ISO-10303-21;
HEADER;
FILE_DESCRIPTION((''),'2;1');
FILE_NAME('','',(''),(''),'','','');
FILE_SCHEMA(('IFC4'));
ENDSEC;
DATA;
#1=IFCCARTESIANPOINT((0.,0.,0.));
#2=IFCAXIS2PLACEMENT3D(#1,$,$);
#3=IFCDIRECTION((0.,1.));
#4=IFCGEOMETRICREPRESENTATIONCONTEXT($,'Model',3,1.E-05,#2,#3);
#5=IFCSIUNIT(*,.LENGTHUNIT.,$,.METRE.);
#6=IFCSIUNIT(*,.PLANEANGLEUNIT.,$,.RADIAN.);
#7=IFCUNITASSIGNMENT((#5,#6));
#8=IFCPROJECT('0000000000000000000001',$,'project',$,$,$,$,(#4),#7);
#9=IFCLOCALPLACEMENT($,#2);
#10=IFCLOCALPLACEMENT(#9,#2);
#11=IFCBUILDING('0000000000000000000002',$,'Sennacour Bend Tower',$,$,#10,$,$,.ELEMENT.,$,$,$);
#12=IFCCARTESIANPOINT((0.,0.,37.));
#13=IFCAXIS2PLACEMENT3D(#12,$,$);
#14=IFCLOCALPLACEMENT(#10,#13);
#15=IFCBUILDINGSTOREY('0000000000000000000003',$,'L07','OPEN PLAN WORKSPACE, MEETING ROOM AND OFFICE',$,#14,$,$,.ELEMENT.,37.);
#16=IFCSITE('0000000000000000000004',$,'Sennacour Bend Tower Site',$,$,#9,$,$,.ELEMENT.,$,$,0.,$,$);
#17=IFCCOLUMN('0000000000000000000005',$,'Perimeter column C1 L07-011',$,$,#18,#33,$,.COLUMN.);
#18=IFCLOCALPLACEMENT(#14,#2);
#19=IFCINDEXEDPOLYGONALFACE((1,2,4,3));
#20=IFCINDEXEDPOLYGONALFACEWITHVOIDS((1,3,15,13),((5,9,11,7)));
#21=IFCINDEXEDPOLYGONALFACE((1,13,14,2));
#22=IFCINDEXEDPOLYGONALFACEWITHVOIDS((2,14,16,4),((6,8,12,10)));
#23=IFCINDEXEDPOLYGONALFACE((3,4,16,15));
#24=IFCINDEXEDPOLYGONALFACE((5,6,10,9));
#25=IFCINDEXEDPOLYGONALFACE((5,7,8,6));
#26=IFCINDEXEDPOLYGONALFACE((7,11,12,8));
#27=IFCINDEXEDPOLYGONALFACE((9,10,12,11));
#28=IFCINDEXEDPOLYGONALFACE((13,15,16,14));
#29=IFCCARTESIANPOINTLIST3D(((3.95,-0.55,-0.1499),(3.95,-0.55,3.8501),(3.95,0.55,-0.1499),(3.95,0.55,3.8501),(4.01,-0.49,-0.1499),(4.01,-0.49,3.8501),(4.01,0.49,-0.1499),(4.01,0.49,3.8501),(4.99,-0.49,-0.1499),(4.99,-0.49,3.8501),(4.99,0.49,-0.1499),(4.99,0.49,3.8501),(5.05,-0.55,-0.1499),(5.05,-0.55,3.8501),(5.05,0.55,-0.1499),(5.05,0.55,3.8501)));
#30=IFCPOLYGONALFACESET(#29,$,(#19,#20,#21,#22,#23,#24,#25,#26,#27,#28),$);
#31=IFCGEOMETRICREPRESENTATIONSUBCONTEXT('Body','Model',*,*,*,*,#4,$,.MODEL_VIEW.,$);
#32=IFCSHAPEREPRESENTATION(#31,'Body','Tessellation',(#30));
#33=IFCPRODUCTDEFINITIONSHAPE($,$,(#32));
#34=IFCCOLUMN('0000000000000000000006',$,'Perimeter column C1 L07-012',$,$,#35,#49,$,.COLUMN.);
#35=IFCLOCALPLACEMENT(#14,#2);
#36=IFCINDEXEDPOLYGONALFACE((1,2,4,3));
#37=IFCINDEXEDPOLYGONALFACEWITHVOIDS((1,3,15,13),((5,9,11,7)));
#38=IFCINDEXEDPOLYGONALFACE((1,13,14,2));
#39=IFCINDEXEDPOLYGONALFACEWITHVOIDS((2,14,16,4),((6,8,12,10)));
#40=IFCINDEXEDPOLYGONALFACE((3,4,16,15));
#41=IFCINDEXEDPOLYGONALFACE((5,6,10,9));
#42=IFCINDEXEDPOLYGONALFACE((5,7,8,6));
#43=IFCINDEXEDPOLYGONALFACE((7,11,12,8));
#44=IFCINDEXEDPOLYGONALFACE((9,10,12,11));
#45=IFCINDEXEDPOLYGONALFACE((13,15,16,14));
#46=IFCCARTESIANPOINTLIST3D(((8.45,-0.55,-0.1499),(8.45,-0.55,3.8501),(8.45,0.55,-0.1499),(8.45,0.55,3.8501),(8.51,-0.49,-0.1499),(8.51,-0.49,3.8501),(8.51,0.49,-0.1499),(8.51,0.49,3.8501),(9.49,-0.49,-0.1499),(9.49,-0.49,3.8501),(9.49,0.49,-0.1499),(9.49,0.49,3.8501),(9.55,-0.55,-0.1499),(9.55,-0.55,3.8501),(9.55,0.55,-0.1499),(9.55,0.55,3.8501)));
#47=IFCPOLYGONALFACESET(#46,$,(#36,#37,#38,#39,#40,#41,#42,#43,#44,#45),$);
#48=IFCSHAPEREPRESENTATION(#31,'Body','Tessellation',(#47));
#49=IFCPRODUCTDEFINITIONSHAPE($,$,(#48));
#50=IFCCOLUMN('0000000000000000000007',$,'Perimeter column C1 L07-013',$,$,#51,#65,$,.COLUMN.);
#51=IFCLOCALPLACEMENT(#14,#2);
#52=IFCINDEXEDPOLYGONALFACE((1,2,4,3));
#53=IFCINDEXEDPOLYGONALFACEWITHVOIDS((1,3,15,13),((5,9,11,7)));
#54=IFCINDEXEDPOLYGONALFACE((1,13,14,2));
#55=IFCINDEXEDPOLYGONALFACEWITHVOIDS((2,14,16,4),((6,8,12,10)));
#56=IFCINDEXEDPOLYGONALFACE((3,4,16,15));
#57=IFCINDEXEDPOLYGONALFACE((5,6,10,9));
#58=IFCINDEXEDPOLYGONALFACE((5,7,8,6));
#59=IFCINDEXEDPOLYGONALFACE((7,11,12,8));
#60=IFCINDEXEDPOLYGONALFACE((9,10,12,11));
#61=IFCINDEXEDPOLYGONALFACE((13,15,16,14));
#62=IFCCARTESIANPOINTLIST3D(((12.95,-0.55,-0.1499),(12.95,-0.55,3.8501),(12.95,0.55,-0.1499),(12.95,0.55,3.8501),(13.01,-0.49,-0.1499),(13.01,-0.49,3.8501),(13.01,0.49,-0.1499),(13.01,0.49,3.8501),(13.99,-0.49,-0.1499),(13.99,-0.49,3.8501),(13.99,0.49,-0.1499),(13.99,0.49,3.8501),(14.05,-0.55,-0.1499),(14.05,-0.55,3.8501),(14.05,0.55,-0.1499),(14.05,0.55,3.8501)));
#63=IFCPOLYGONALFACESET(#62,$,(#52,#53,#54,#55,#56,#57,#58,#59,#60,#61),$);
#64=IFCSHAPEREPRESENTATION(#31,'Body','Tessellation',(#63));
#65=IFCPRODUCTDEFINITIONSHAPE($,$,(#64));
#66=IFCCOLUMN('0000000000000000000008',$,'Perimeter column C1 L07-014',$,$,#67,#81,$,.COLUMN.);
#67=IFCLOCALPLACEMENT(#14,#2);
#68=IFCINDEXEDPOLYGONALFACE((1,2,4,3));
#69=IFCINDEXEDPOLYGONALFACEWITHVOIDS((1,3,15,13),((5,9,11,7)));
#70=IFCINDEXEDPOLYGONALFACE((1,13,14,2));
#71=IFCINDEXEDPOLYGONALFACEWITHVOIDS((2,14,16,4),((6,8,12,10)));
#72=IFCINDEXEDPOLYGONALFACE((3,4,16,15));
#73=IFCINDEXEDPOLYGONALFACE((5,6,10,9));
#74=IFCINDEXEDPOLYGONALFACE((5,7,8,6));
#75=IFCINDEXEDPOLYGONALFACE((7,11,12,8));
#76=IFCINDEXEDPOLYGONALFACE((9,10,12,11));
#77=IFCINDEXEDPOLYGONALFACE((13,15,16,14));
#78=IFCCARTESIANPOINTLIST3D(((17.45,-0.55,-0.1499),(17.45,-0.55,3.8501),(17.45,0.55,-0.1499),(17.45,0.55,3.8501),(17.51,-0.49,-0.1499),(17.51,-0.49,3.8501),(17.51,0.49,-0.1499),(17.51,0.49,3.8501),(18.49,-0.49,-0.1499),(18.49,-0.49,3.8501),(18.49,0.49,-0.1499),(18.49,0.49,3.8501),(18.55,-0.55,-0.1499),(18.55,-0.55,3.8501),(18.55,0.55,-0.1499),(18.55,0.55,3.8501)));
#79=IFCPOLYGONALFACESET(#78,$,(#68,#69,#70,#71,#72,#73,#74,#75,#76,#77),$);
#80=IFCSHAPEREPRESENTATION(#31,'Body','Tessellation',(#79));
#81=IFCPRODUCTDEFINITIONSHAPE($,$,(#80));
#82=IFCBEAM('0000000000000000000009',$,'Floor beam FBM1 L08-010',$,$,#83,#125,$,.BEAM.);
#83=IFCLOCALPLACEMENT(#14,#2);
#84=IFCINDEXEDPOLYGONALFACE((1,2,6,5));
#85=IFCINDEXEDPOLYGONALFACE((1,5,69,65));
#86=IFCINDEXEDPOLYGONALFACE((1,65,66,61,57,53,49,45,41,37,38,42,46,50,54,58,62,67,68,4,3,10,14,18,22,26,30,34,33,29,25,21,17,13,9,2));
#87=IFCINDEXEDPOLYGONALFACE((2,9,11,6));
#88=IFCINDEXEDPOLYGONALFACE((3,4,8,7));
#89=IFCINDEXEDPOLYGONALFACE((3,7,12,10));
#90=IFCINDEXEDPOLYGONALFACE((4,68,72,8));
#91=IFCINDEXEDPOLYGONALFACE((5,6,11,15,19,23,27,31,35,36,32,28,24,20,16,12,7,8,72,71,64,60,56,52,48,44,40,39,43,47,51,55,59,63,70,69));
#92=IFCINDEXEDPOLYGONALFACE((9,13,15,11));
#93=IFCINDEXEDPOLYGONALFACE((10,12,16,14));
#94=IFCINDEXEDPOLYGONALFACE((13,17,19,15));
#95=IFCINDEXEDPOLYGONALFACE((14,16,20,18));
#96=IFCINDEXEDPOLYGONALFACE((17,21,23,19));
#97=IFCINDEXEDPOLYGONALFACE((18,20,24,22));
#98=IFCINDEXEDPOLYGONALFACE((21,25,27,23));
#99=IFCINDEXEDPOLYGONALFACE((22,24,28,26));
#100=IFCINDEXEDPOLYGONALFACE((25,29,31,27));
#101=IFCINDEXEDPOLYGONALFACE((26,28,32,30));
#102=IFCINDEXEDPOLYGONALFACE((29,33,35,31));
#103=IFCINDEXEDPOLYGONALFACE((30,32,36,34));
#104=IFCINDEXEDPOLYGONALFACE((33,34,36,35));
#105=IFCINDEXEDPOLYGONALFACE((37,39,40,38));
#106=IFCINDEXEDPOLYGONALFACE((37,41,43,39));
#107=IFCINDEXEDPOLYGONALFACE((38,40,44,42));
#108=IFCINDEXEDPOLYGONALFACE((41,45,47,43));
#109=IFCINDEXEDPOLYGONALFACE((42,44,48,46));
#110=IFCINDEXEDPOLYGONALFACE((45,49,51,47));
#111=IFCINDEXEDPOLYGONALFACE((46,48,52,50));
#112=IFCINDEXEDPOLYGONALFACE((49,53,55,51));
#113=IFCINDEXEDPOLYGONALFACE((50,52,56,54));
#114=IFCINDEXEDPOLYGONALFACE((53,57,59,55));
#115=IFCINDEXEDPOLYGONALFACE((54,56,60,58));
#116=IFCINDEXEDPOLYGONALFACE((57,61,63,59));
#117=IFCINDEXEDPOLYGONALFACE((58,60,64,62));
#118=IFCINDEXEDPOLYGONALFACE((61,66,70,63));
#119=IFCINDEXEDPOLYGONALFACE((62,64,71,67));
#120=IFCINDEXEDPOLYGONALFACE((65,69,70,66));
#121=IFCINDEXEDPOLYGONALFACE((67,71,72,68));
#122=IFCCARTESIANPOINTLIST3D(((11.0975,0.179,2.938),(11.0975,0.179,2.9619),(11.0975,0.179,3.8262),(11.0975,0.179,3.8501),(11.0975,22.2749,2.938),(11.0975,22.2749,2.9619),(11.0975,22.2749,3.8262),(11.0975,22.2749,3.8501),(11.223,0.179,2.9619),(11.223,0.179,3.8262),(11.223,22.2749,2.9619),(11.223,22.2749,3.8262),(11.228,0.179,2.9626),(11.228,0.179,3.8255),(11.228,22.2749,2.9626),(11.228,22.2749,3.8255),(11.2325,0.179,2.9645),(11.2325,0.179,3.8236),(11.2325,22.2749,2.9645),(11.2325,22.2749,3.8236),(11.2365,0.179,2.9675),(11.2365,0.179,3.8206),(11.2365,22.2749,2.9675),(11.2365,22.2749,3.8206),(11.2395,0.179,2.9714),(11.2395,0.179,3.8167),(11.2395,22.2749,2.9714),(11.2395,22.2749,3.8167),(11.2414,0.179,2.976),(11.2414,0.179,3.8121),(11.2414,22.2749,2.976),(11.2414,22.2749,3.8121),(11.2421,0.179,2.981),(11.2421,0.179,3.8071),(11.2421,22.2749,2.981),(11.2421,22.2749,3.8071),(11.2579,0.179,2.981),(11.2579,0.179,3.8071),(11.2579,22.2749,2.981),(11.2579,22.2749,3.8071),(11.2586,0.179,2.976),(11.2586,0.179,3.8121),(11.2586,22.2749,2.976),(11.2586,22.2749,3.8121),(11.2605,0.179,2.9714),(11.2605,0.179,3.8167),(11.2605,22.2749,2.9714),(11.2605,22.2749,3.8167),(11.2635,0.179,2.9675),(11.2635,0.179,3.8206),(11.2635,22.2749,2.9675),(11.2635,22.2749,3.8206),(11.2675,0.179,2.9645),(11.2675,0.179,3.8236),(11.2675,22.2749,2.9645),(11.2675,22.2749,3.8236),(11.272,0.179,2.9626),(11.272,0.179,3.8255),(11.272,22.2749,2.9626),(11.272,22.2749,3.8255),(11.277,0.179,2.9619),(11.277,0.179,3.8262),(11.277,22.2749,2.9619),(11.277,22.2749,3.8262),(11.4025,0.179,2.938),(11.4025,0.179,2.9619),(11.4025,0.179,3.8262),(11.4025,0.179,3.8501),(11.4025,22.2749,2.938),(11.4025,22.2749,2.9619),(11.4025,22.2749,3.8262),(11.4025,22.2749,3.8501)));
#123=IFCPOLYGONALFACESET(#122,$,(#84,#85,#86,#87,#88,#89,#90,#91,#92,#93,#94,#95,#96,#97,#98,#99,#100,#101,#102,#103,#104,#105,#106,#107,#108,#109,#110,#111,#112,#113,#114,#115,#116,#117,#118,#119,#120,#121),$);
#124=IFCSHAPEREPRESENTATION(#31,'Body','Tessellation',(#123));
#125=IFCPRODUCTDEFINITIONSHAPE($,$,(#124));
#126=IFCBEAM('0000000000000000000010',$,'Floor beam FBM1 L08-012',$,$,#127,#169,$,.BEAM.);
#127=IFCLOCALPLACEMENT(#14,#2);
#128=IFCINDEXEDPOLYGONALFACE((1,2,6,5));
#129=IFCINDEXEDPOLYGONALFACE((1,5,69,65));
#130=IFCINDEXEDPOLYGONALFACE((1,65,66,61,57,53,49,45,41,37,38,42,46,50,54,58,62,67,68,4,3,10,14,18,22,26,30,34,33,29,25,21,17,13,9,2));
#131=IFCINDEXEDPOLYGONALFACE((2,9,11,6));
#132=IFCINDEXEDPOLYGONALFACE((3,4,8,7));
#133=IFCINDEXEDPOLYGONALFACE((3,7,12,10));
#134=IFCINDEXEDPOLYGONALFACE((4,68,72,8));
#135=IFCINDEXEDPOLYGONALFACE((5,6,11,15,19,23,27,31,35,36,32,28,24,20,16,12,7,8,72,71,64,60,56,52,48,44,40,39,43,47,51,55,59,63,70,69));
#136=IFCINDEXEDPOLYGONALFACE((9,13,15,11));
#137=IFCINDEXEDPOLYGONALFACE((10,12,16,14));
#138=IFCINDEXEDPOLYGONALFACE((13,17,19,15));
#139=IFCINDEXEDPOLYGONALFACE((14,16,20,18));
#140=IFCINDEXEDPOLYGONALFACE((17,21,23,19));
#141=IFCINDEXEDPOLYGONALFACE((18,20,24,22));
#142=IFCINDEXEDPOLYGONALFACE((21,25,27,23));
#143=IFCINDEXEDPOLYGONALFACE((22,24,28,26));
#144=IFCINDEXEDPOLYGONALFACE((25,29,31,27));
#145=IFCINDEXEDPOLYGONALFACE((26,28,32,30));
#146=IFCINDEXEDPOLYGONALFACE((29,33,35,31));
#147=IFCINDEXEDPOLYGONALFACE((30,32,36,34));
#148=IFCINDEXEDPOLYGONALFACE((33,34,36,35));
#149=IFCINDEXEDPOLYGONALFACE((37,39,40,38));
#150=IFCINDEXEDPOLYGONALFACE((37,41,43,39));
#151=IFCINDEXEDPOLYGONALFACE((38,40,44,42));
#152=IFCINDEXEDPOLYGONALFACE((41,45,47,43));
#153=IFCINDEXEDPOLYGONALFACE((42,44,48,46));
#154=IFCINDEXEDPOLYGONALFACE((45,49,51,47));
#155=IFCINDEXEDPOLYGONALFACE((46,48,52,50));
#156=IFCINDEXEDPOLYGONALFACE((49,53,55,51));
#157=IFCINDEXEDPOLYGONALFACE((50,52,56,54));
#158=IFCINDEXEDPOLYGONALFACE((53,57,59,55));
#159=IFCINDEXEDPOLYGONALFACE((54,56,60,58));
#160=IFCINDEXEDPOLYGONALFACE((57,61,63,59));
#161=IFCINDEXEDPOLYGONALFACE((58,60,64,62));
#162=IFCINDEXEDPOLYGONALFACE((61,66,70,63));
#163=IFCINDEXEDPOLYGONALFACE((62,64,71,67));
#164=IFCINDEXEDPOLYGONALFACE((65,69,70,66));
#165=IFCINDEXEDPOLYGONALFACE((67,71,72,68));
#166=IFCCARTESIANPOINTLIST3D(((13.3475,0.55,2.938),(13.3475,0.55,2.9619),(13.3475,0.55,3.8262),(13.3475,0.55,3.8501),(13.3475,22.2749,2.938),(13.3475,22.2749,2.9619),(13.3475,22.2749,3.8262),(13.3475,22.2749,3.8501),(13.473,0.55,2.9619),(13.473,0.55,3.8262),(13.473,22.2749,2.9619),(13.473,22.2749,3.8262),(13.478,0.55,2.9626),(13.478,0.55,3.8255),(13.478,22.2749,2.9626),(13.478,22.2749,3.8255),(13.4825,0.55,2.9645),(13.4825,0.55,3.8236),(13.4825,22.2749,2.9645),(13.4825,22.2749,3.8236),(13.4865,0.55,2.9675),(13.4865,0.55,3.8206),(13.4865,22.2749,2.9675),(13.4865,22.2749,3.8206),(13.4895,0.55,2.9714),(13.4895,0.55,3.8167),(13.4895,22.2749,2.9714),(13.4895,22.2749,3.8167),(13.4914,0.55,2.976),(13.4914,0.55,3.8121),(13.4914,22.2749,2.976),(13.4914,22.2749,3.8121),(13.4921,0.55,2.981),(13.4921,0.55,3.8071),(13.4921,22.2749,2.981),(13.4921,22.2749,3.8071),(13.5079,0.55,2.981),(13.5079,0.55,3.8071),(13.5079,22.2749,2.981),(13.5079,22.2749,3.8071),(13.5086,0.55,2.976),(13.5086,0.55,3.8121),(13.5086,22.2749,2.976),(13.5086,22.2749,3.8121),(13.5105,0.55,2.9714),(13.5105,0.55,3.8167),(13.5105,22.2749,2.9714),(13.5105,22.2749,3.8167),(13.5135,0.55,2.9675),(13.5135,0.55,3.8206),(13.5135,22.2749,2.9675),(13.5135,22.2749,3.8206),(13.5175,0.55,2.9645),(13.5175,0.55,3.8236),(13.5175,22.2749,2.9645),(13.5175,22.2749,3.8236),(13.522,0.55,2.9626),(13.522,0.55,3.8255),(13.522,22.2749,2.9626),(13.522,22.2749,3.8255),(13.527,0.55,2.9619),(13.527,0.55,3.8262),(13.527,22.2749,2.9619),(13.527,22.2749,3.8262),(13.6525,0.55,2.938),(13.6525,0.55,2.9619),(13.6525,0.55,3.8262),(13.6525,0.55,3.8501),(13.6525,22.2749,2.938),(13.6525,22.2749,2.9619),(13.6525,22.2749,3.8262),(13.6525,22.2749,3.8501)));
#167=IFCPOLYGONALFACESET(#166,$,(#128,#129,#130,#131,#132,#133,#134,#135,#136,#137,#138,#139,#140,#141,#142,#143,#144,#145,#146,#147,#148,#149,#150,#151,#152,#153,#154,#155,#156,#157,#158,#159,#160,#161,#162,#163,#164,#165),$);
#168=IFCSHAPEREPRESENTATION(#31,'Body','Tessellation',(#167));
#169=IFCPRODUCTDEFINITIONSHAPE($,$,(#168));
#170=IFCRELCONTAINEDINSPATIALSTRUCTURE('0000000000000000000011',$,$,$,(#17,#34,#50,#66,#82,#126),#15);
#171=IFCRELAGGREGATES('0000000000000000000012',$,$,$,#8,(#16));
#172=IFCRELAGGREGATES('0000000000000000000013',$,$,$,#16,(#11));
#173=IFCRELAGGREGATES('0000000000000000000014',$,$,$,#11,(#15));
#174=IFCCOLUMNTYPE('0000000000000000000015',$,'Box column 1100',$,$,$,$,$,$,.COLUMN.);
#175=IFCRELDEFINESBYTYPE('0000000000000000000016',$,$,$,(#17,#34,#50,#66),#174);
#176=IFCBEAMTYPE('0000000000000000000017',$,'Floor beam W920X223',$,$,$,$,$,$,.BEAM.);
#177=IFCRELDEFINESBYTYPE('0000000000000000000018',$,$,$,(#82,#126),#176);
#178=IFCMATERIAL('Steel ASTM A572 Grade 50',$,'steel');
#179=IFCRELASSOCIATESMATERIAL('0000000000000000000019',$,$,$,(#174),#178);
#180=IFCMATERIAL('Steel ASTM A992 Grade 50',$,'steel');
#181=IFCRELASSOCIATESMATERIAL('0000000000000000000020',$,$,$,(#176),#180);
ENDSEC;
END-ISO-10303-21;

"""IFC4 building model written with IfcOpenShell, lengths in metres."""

from ifc_helpers import new_model, si_unit, direction, frame, origin, origin_2d, place, context, subcontext, project, spatial, hollow_rectangle, i_section, extrude, material, material_profile, profile_set, type_object, element, save


model = new_model("IFC4")

# Units and contexts
model_context = context("Model", 3, precision=1e-05, world=origin(), true_north=direction((0.0, 1.0)))
body_context = subcontext(model_context, "Body", "Model", "MODEL_VIEW")
ifc_project = project(units=[si_unit("LENGTHUNIT", "METRE"), si_unit("PLANEANGLEUNIT", "RADIAN")], contexts=[model_context])

# Site, building, storey
site_placement = place(None, origin())
site = spatial("IfcSite", under=ifc_project, at=site_placement, Name="Sennacour Bend Tower Site", CompositionType="ELEMENT", RefElevation=0.0)
building_placement = place(site_placement, origin())
building = spatial("IfcBuilding", under=site, at=building_placement, Name="Sennacour Bend Tower", CompositionType="ELEMENT")
storey_placement = place(building_placement, frame((0.0, 0.0, 37.0)))
storey = spatial("IfcBuildingStorey", under=building, at=storey_placement, Name="L07", Description="OPEN PLAN WORKSPACE, MEETING ROOM AND OFFICE", CompositionType="ELEMENT", Elevation=37.0)

# Columns
ifc_material_1 = material(Name="Steel ASTM A572 Grade 50", Category="steel")
ifc_material_profile_1 = material_profile(ifc_material_1, hollow_rectangle(XDim=1.1001, YDim=1.1001, WallThickness=0.0601, at=origin_2d()), Name="Steel ASTM A572 Grade 50", Category="steel")
ifc_profile_set_1 = profile_set([ifc_material_profile_1], Name="Steel ASTM A572 Grade 50")
column_type = type_object("IfcColumnType", Name="Box column 1100", PredefinedType="COLUMN", material=ifc_profile_set_1)
for number, where, z_axis, x_axis, name in (
    (1, (4.5, 0.0, -0.1499), (0.0, 0.0, 1.0), (1.0, 0.0, 0.0), "Perimeter column C1 L07-011"),
    (2, (9.0, 0.0, -0.1499), (0.0, 0.0, 1.0), (1.0, 0.0, 0.0), "Perimeter column C1 L07-012"),
    (3, (13.5, 0.0, -0.1499), (0.0, 0.0, 1.0), (1.0, 0.0, 0.0), "Perimeter column C1 L07-013"),
    (4, (18.0, 0.0, -0.1499), (0.0, 0.0, 1.0), (1.0, 0.0, 0.0), "Perimeter column C1 L07-014"),
):
    element("IfcColumn", number, at=place(storey_placement, frame(where, z_axis=z_axis, x_axis=x_axis)), inside=storey, type_object=column_type, Name=name, PredefinedType="COLUMN", context=body_context, shape_type="SweptSolid", body=[
        extrude(hollow_rectangle(XDim=1.1001, YDim=1.1001, WallThickness=0.0601, at=origin_2d()), origin(), (0.0, 0.0, 1.0), 4.0),
    ])

# Beams
ifc_material_2 = material(Name="Steel ASTM A992 Grade 50", Category="steel")
ifc_material_profile_2 = material_profile(ifc_material_2, i_section(OverallWidth=0.3049, OverallDepth=0.9121, WebThickness=0.0159, FlangeThickness=0.0239, FilletRadius=0.019, at=origin_2d()), Name="Steel ASTM A992 Grade 50", Category="steel")
ifc_profile_set_2 = profile_set([ifc_material_profile_2], Name="Steel ASTM A992 Grade 50")
beam_type_1 = type_object("IfcBeamType", Name="Floor beam W920X223", PredefinedType="BEAM", material=ifc_profile_set_2)
beam_1_placement = place(storey_placement, frame((11.25, 0.179, 3.394), z_axis=(0.0, 1.0, 0.0), x_axis=(-1.0, 0.0, 0.0)))
element("IfcBeam", 5, at=beam_1_placement, inside=storey, type_object=beam_type_1, Name="Floor beam FBM1 L08-010", PredefinedType="BEAM", context=body_context, shape_type="SweptSolid", body=[
    extrude(i_section(OverallWidth=0.3049, OverallDepth=0.9121, WebThickness=0.0159, FlangeThickness=0.0239, FilletRadius=0.019, at=origin_2d()), origin(), (0.0, 0.0, 1.0), 22.0959),
])
beam_2_placement = place(storey_placement, frame((13.5, 0.55, 3.394), z_axis=(0.0, 1.0, 0.0), x_axis=(-1.0, 0.0, 0.0)))
element("IfcBeam", 6, at=beam_2_placement, inside=storey, type_object=beam_type_1, Name="Floor beam FBM1 L08-012", PredefinedType="BEAM", context=body_context, shape_type="SweptSolid", body=[
    extrude(i_section(OverallWidth=0.3049, OverallDepth=0.9121, WebThickness=0.0159, FlangeThickness=0.0239, FilletRadius=0.019, at=origin_2d()), origin(), (0.0, 0.0, 1.0), 21.7249),
])

save(model, "model.ifc")
